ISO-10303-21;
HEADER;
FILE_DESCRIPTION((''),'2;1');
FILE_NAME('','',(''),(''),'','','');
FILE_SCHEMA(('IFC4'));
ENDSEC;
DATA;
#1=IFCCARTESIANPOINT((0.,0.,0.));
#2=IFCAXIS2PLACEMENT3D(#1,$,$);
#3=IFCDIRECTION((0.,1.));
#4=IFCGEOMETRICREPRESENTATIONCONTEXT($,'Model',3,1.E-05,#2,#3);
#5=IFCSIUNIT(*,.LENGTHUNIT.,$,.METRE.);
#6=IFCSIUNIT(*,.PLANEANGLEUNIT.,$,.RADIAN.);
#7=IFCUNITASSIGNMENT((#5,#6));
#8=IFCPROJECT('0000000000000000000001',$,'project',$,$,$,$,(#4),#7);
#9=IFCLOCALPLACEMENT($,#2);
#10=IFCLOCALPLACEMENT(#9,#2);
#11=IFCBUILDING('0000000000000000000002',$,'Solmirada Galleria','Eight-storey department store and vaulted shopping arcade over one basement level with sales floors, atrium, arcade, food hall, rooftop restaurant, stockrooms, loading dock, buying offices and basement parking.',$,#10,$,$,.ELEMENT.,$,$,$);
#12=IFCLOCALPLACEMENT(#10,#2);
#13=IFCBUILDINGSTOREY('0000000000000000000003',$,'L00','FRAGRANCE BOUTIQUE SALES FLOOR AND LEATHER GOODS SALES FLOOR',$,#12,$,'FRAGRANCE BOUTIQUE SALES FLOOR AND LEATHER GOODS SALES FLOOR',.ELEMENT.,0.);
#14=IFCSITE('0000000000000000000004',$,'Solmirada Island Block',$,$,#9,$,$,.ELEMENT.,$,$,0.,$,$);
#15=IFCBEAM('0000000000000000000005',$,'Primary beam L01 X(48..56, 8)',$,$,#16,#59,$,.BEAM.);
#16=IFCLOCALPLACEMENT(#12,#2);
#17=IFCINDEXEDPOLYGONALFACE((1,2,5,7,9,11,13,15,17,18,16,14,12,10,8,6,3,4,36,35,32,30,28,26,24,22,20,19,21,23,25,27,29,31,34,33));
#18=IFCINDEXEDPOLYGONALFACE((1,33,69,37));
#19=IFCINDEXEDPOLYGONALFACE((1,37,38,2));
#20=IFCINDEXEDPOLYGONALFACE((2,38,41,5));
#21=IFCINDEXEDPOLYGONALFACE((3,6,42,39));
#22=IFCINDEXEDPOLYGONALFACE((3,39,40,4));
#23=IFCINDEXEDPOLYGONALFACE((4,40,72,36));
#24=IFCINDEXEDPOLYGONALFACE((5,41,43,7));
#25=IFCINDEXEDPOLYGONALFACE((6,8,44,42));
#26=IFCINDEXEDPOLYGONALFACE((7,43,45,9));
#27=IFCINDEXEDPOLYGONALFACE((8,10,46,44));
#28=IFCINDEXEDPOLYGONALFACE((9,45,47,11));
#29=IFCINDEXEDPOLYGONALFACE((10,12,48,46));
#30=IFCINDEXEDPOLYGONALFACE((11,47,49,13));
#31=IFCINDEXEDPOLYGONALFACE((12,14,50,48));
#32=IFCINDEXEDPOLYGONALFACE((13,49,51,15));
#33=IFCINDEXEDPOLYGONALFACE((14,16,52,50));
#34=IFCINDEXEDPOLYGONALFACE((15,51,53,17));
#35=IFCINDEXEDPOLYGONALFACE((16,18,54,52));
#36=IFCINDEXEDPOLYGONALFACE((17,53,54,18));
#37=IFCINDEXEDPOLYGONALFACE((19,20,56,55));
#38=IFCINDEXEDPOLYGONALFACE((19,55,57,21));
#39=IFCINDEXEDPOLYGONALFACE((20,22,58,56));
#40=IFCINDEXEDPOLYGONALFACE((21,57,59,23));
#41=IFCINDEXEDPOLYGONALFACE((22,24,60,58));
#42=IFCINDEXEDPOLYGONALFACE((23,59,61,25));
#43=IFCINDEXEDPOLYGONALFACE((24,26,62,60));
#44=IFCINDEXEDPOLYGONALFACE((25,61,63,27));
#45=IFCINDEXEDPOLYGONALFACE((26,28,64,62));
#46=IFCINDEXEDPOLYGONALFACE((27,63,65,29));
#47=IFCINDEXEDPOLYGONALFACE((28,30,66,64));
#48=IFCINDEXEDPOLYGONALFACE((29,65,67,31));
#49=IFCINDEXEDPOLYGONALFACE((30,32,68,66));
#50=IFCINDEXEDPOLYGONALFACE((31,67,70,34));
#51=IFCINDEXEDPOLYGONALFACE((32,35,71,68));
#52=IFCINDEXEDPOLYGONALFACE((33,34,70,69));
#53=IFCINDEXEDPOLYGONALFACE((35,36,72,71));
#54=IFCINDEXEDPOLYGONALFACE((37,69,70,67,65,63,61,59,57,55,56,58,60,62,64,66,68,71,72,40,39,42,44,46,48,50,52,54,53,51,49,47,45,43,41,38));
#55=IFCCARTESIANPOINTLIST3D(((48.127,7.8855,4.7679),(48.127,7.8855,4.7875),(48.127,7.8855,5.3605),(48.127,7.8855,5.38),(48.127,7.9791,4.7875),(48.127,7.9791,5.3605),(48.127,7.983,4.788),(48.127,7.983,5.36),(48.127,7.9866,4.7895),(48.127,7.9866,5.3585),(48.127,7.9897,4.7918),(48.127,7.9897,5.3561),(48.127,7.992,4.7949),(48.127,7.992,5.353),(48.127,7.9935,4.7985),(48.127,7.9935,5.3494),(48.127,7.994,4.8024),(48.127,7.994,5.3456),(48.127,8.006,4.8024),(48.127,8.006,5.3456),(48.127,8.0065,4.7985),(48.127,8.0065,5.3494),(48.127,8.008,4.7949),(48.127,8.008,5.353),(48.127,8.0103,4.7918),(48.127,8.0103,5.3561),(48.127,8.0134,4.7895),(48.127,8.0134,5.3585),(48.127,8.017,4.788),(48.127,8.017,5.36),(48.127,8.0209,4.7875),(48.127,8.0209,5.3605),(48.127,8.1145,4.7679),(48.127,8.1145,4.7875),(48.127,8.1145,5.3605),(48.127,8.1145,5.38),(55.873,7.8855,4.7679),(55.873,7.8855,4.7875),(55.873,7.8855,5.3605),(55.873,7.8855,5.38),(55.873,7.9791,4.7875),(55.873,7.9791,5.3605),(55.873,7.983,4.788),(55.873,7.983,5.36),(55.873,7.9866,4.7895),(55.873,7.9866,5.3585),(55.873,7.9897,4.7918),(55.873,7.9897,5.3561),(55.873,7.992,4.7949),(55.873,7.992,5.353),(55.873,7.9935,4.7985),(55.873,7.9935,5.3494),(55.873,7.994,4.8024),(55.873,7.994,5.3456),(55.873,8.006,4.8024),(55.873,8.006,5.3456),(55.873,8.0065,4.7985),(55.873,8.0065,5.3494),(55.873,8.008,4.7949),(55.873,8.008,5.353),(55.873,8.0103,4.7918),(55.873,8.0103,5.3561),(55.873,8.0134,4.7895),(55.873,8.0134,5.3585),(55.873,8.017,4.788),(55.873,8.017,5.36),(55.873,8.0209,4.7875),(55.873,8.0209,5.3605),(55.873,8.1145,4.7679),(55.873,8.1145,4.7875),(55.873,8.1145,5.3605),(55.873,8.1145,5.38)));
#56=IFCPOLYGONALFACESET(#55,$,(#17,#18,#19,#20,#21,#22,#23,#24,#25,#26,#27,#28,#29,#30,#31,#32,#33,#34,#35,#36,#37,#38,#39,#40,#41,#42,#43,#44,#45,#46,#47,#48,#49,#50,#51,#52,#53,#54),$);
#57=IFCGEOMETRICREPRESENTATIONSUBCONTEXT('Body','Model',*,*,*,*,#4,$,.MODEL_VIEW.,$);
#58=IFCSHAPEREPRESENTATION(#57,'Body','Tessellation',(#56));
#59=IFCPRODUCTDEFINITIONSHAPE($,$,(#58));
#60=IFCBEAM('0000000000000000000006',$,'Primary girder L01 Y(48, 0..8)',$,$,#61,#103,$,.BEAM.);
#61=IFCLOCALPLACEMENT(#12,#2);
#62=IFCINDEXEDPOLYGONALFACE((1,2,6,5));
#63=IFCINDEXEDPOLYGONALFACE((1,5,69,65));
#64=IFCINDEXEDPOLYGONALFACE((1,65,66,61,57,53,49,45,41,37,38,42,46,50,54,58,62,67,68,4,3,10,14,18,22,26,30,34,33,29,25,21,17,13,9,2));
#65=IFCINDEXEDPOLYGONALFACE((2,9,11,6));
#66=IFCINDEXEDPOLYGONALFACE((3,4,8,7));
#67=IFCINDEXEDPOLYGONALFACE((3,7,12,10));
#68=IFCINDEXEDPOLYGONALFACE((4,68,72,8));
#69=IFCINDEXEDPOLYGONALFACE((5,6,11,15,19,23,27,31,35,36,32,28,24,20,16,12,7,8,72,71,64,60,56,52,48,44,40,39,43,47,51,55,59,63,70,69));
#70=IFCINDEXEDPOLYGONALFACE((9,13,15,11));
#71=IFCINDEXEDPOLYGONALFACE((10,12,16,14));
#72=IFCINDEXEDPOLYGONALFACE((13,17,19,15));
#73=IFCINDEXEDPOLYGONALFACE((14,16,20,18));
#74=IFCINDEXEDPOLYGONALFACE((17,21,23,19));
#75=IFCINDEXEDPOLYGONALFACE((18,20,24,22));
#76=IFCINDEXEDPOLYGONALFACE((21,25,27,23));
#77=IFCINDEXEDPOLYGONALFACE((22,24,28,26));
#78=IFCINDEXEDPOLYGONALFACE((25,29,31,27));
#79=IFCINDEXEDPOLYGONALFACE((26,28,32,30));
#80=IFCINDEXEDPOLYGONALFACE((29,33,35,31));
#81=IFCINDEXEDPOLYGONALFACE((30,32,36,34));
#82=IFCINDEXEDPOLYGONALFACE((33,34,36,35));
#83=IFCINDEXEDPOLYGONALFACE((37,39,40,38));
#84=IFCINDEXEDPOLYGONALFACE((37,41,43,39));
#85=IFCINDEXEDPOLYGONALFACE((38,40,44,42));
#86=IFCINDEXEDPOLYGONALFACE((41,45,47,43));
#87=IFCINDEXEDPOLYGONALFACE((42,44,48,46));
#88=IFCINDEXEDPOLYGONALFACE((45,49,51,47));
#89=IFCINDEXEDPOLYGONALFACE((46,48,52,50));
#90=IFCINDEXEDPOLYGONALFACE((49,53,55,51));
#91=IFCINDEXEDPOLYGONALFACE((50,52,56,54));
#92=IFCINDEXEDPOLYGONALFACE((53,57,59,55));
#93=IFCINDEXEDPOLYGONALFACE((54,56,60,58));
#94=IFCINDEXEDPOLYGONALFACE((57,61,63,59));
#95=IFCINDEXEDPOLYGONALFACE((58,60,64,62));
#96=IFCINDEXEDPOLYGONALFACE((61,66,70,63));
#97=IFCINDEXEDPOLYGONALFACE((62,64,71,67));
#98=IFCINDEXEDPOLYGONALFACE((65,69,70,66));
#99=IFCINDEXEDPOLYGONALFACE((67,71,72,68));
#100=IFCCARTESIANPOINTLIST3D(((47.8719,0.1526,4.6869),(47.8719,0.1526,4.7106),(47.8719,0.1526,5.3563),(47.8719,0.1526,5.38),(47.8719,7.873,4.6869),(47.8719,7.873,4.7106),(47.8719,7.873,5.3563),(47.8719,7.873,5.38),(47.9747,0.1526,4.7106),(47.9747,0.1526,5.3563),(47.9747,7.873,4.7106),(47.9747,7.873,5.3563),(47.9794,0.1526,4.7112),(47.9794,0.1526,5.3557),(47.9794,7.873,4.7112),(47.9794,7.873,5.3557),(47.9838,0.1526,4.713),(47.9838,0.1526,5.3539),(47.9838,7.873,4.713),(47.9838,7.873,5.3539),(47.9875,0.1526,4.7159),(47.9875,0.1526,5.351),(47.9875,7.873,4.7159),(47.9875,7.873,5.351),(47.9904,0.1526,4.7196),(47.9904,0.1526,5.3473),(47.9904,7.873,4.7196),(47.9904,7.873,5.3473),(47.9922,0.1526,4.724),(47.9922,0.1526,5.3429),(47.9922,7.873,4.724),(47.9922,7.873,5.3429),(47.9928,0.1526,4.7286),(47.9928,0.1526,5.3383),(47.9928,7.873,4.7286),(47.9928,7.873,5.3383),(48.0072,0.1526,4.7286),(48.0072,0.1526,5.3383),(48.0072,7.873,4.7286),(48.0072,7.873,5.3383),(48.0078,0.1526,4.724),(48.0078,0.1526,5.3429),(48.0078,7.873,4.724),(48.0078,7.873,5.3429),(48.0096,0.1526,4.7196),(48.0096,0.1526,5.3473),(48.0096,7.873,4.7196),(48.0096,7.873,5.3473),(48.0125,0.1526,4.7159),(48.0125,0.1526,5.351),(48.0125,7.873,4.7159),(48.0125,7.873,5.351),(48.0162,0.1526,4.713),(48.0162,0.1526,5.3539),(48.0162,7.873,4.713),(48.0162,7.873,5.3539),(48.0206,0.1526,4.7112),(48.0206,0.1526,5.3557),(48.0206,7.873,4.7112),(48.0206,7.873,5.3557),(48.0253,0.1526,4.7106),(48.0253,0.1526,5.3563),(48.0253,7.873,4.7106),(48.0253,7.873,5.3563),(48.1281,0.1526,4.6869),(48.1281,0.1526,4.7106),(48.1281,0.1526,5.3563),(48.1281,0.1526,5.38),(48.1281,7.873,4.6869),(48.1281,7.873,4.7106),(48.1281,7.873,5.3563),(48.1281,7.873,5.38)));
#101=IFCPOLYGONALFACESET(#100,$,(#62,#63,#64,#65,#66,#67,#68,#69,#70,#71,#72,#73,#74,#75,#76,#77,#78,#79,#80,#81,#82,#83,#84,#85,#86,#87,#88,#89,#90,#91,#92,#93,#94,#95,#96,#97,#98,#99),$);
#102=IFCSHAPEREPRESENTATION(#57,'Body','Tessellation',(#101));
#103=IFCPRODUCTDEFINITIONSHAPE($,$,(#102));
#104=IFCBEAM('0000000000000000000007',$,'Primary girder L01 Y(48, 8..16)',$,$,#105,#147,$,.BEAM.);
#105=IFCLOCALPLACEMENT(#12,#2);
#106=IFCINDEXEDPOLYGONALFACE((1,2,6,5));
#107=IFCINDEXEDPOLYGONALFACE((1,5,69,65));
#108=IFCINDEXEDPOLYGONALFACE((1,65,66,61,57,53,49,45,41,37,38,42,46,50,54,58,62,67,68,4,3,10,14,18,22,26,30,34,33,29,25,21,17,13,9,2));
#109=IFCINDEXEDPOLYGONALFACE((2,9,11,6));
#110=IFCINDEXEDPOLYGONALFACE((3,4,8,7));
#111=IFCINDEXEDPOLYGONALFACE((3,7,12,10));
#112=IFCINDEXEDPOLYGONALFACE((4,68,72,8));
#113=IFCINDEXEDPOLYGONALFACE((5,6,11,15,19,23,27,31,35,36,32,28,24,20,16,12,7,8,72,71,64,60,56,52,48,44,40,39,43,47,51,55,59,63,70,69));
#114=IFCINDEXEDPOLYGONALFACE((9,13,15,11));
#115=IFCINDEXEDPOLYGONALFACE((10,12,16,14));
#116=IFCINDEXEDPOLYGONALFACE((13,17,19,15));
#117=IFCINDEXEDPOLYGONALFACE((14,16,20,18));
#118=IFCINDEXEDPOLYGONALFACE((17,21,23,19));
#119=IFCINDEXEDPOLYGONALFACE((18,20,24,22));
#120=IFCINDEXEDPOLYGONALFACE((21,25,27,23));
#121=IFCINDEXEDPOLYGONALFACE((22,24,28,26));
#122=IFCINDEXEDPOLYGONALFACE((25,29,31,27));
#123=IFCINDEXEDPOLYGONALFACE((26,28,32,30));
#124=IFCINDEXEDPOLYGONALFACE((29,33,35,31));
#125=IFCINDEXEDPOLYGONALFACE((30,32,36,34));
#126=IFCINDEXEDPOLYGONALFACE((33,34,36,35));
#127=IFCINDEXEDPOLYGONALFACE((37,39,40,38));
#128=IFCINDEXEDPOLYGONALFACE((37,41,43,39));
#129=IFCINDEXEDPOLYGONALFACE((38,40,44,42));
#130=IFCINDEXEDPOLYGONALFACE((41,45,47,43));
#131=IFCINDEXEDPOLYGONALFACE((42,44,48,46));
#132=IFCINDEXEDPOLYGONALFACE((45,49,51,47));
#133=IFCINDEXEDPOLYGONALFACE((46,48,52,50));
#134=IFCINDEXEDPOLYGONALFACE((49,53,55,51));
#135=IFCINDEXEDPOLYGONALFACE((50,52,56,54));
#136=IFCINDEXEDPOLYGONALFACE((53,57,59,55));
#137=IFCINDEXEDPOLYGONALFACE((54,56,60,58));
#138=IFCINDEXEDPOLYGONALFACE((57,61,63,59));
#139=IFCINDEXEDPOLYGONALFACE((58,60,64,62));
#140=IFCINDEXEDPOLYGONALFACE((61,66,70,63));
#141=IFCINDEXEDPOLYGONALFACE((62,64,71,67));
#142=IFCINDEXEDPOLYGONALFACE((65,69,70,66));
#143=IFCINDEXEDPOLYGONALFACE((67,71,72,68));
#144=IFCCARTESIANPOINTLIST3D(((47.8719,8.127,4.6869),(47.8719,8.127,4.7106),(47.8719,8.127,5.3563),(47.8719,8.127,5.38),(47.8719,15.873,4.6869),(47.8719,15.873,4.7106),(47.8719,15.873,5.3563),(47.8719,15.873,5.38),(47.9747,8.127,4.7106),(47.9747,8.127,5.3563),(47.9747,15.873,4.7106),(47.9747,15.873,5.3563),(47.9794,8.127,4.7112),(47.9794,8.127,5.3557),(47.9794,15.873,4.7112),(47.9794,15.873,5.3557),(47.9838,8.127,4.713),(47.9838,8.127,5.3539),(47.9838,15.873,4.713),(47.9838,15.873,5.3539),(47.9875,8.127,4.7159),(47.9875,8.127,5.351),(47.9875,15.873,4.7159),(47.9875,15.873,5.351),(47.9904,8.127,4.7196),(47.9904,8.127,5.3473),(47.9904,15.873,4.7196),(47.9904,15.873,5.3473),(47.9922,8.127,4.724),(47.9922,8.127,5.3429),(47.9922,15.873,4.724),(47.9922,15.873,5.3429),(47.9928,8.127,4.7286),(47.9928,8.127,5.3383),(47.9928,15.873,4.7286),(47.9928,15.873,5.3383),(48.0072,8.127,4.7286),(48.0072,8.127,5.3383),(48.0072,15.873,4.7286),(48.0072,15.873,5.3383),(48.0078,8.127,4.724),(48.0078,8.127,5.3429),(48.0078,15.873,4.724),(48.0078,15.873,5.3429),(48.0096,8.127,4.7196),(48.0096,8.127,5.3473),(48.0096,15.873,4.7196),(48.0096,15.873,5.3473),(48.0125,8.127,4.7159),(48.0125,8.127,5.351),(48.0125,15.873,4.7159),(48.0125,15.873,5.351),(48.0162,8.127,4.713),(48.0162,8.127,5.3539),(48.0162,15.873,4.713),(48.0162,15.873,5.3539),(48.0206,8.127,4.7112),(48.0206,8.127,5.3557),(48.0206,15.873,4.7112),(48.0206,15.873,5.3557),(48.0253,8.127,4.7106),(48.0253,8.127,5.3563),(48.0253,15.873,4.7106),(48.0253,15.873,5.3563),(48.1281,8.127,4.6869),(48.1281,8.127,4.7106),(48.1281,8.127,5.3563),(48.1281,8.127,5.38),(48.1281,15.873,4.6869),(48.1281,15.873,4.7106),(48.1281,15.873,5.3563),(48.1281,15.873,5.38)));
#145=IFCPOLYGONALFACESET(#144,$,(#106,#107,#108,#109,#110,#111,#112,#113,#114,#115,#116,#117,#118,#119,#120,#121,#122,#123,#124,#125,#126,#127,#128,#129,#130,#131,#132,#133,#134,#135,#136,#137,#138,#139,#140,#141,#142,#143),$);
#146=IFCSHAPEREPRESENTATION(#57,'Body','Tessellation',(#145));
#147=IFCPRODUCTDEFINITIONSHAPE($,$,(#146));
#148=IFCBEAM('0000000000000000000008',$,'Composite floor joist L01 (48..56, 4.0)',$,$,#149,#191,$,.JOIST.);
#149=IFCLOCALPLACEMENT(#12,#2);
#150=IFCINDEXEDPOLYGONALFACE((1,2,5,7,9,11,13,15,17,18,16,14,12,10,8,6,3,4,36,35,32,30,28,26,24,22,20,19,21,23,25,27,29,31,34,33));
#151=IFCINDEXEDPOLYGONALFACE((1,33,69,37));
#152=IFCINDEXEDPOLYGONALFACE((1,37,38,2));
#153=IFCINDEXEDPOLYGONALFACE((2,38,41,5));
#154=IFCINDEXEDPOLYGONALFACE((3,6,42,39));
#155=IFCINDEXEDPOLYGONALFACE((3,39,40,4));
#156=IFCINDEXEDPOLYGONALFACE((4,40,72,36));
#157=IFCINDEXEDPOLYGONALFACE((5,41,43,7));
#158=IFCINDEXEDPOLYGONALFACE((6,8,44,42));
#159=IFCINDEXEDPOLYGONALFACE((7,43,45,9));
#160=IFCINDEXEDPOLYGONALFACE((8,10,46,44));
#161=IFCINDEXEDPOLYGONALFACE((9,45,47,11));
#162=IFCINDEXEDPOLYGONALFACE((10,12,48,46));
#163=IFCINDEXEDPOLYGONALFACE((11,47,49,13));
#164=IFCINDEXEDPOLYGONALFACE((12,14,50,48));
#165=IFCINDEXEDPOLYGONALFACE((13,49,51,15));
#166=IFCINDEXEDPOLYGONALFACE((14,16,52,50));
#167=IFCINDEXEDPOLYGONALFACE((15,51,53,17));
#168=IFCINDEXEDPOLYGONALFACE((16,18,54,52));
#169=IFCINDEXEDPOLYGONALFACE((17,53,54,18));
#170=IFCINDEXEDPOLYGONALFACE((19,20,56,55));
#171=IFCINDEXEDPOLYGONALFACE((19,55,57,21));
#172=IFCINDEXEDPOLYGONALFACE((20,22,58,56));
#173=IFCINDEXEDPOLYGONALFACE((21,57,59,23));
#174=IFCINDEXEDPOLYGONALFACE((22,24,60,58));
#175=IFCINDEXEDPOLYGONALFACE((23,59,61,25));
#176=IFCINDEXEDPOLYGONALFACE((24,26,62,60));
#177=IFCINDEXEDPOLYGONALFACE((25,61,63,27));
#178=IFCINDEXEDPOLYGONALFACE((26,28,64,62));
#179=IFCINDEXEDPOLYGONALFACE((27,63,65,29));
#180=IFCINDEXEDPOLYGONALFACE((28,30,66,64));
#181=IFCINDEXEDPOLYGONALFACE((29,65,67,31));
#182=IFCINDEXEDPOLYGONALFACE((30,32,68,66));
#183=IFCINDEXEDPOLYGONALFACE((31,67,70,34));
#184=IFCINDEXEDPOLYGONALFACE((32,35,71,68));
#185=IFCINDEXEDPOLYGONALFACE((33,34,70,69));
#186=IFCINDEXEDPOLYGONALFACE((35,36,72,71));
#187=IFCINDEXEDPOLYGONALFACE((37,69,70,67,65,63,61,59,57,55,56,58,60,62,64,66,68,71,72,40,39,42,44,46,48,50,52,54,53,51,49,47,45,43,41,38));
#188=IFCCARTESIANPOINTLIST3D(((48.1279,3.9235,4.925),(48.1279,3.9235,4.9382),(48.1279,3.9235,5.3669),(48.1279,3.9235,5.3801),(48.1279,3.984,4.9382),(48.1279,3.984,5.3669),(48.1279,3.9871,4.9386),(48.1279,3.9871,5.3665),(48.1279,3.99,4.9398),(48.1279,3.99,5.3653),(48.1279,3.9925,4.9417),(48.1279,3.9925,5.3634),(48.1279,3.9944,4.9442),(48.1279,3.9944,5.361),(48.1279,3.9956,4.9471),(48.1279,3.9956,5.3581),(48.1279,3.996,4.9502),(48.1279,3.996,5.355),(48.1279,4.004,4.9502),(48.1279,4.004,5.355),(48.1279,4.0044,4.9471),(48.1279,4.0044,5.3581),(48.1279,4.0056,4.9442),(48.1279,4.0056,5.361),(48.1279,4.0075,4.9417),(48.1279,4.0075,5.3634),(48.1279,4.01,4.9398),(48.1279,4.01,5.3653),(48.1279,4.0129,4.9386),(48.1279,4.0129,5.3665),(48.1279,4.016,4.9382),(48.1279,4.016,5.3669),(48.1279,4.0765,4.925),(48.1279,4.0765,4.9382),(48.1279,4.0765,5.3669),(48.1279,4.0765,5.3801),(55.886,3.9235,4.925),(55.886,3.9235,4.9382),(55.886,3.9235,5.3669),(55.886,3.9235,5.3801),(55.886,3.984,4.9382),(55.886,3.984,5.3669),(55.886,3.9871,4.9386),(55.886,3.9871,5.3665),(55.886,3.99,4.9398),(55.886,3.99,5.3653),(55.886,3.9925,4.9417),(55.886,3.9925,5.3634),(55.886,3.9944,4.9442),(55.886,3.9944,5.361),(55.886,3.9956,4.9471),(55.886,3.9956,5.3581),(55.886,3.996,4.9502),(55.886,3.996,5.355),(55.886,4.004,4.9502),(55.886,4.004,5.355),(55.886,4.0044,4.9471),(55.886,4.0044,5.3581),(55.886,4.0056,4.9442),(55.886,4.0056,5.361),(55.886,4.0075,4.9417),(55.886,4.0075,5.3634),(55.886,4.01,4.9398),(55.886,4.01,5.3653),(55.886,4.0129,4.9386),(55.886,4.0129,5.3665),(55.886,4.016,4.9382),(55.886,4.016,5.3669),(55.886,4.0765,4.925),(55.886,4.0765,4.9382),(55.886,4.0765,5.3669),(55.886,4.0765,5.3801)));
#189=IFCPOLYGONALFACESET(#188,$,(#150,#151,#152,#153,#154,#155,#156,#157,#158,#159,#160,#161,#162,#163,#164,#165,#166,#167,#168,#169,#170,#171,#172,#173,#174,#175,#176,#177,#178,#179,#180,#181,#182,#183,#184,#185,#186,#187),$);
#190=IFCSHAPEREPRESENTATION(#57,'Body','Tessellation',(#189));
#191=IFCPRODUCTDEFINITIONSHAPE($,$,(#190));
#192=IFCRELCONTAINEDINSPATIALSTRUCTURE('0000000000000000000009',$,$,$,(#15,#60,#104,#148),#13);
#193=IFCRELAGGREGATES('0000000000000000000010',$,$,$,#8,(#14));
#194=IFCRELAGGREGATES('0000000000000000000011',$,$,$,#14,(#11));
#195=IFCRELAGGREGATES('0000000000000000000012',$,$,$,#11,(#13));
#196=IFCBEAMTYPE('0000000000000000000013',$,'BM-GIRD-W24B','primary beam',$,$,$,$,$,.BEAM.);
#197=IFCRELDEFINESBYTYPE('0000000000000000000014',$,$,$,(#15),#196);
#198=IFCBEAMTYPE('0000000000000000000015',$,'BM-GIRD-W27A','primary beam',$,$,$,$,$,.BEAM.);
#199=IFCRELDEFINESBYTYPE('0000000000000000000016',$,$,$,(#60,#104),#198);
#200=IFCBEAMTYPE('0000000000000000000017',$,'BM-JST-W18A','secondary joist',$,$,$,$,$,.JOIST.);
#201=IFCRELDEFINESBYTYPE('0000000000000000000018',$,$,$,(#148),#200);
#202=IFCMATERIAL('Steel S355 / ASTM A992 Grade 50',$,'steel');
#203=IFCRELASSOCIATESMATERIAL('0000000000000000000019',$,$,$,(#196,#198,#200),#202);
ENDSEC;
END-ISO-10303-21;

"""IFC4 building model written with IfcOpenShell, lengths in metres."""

from ifc_helpers import new_model, si_unit, direction, frame, origin, origin_2d, place, context, subcontext, project, spatial, i_section, extrude, material, material_profile, profile_set, type_object, element, save


model = new_model("IFC4")

# Units and contexts
model_context = context("Model", 3, precision=1e-05, world=origin(), true_north=direction((0.0, 1.0)))
body_context = subcontext(model_context, "Body", "Model", "MODEL_VIEW")
ifc_project = project(units=[si_unit("LENGTHUNIT", "METRE"), si_unit("PLANEANGLEUNIT", "RADIAN")], contexts=[model_context])

# Site, building, storey
site_placement = place(None, origin())
site = spatial("IfcSite", under=ifc_project, at=site_placement, Name="Solmirada Island Block", CompositionType="ELEMENT", RefElevation=0.0)
building_placement = place(site_placement, origin())
building = spatial("IfcBuilding", under=site, at=building_placement, Name="Solmirada Galleria", Description="Eight-storey department store and vaulted shopping arcade over one basement level with sales floors, atrium, arcade, food hall, rooftop restaurant, stockrooms, loading dock, buying offices and basement parking.", CompositionType="ELEMENT")
storey_placement = place(building_placement, origin())
storey = spatial("IfcBuildingStorey", under=building, at=storey_placement, Name="L00", Description="FRAGRANCE BOUTIQUE SALES FLOOR AND LEATHER GOODS SALES FLOOR", LongName="FRAGRANCE BOUTIQUE SALES FLOOR AND LEATHER GOODS SALES FLOOR", CompositionType="ELEMENT", Elevation=0.0)

# Beams
ifc_material_1 = material(Name="Steel S355 / ASTM A992 Grade 50", Category="steel")
ifc_material_profile_1 = material_profile(ifc_material_1, i_section(OverallWidth=0.229, OverallDepth=0.6121, WebThickness=0.012, FlangeThickness=0.0195, FilletRadius=0.0149, at=origin_2d()), Name="W24X84")
ifc_profile_set_1 = profile_set([ifc_material_profile_1], Name="Steel S355 / ASTM A992 Grade 50")
beam_type_1 = type_object("IfcBeamType", Name="BM-GIRD-W24B", Description="primary beam", PredefinedType="BEAM", material=ifc_profile_set_1)
beam_1_placement = place(storey_placement, frame((48.127, 8.0, 5.074), z_axis=(1.0, 0.0, 0.0), x_axis=(0.0, 1.0, 0.0)))
element("IfcBeam", 1, at=beam_1_placement, inside=storey, type_object=beam_type_1, Name="Primary beam L01 X(48..56, 8)", PredefinedType="BEAM", context=body_context, shape_type="SweptSolid", body=[
    extrude(i_section(OverallWidth=0.229, OverallDepth=0.6121, WebThickness=0.012, FlangeThickness=0.0195, FilletRadius=0.0149, at=origin_2d()), origin(), (0.0, 0.0, 1.0), 7.7461),
])
ifc_material_profile_2 = material_profile(ifc_material_1, i_section(OverallWidth=0.2561, OverallDepth=0.6931, WebThickness=0.0144, FlangeThickness=0.0237, FilletRadius=0.0181, at=origin_2d()), Name="W27X114")
ifc_profile_set_2 = profile_set([ifc_material_profile_2], Name="Steel S355 / ASTM A992 Grade 50")
beam_type_2 = type_object("IfcBeamType", Name="BM-GIRD-W27A", Description="primary beam", PredefinedType="BEAM", material=ifc_profile_set_2)
beam_2_placement = place(storey_placement, frame((48.0, 0.1526, 5.0334), z_axis=(0.0, 1.0, 0.0), x_axis=(-1.0, 0.0, 0.0)))
element("IfcBeam", 2, at=beam_2_placement, inside=storey, type_object=beam_type_2, Name="Primary girder L01 Y(48, 0..8)", PredefinedType="BEAM", context=body_context, shape_type="SweptSolid", body=[
    extrude(i_section(OverallWidth=0.2561, OverallDepth=0.6931, WebThickness=0.0144, FlangeThickness=0.0237, FilletRadius=0.0181, at=origin_2d()), origin(), (0.0, 0.0, 1.0), 7.7205),
])
beam_3_placement = place(storey_placement, frame((48.0, 8.127, 5.0334), z_axis=(0.0, 1.0, 0.0), x_axis=(-1.0, 0.0, 0.0)))
element("IfcBeam", 3, at=beam_3_placement, inside=storey, type_object=beam_type_2, Name="Primary girder L01 Y(48, 8..16)", PredefinedType="BEAM", context=body_context, shape_type="SweptSolid", body=[
    extrude(i_section(OverallWidth=0.2561, OverallDepth=0.6931, WebThickness=0.0144, FlangeThickness=0.0237, FilletRadius=0.0181, at=origin_2d()), origin(), (0.0, 0.0, 1.0), 7.7461),
])
ifc_material_profile_3 = material_profile(ifc_material_1, i_section(OverallWidth=0.1531, OverallDepth=0.4551, WebThickness=0.0081, FlangeThickness=0.0132, FilletRadius=0.012, at=origin_2d()), Name="W18X40")
ifc_profile_set_3 = profile_set([ifc_material_profile_3], Name="Steel S355 / ASTM A992 Grade 50")
beam_type_3 = type_object("IfcBeamType", Name="BM-JST-W18A", Description="secondary joist", PredefinedType="JOIST", material=ifc_profile_set_3)
beam_4_placement = place(storey_placement, frame((48.1279, 4.0, 5.1526), z_axis=(1.0, 0.0, 0.0), x_axis=(0.0, 1.0, 0.0)))
element("IfcBeam", 4, at=beam_4_placement, inside=storey, type_object=beam_type_3, Name="Composite floor joist L01 (48..56, 4.0)", PredefinedType="JOIST", context=body_context, shape_type="SweptSolid", body=[
    extrude(i_section(OverallWidth=0.1531, OverallDepth=0.4551, WebThickness=0.0081, FlangeThickness=0.0132, FilletRadius=0.012, at=origin_2d()), origin(), (0.0, 0.0, 1.0), 7.7581),
])

save(model, "model.ifc")
